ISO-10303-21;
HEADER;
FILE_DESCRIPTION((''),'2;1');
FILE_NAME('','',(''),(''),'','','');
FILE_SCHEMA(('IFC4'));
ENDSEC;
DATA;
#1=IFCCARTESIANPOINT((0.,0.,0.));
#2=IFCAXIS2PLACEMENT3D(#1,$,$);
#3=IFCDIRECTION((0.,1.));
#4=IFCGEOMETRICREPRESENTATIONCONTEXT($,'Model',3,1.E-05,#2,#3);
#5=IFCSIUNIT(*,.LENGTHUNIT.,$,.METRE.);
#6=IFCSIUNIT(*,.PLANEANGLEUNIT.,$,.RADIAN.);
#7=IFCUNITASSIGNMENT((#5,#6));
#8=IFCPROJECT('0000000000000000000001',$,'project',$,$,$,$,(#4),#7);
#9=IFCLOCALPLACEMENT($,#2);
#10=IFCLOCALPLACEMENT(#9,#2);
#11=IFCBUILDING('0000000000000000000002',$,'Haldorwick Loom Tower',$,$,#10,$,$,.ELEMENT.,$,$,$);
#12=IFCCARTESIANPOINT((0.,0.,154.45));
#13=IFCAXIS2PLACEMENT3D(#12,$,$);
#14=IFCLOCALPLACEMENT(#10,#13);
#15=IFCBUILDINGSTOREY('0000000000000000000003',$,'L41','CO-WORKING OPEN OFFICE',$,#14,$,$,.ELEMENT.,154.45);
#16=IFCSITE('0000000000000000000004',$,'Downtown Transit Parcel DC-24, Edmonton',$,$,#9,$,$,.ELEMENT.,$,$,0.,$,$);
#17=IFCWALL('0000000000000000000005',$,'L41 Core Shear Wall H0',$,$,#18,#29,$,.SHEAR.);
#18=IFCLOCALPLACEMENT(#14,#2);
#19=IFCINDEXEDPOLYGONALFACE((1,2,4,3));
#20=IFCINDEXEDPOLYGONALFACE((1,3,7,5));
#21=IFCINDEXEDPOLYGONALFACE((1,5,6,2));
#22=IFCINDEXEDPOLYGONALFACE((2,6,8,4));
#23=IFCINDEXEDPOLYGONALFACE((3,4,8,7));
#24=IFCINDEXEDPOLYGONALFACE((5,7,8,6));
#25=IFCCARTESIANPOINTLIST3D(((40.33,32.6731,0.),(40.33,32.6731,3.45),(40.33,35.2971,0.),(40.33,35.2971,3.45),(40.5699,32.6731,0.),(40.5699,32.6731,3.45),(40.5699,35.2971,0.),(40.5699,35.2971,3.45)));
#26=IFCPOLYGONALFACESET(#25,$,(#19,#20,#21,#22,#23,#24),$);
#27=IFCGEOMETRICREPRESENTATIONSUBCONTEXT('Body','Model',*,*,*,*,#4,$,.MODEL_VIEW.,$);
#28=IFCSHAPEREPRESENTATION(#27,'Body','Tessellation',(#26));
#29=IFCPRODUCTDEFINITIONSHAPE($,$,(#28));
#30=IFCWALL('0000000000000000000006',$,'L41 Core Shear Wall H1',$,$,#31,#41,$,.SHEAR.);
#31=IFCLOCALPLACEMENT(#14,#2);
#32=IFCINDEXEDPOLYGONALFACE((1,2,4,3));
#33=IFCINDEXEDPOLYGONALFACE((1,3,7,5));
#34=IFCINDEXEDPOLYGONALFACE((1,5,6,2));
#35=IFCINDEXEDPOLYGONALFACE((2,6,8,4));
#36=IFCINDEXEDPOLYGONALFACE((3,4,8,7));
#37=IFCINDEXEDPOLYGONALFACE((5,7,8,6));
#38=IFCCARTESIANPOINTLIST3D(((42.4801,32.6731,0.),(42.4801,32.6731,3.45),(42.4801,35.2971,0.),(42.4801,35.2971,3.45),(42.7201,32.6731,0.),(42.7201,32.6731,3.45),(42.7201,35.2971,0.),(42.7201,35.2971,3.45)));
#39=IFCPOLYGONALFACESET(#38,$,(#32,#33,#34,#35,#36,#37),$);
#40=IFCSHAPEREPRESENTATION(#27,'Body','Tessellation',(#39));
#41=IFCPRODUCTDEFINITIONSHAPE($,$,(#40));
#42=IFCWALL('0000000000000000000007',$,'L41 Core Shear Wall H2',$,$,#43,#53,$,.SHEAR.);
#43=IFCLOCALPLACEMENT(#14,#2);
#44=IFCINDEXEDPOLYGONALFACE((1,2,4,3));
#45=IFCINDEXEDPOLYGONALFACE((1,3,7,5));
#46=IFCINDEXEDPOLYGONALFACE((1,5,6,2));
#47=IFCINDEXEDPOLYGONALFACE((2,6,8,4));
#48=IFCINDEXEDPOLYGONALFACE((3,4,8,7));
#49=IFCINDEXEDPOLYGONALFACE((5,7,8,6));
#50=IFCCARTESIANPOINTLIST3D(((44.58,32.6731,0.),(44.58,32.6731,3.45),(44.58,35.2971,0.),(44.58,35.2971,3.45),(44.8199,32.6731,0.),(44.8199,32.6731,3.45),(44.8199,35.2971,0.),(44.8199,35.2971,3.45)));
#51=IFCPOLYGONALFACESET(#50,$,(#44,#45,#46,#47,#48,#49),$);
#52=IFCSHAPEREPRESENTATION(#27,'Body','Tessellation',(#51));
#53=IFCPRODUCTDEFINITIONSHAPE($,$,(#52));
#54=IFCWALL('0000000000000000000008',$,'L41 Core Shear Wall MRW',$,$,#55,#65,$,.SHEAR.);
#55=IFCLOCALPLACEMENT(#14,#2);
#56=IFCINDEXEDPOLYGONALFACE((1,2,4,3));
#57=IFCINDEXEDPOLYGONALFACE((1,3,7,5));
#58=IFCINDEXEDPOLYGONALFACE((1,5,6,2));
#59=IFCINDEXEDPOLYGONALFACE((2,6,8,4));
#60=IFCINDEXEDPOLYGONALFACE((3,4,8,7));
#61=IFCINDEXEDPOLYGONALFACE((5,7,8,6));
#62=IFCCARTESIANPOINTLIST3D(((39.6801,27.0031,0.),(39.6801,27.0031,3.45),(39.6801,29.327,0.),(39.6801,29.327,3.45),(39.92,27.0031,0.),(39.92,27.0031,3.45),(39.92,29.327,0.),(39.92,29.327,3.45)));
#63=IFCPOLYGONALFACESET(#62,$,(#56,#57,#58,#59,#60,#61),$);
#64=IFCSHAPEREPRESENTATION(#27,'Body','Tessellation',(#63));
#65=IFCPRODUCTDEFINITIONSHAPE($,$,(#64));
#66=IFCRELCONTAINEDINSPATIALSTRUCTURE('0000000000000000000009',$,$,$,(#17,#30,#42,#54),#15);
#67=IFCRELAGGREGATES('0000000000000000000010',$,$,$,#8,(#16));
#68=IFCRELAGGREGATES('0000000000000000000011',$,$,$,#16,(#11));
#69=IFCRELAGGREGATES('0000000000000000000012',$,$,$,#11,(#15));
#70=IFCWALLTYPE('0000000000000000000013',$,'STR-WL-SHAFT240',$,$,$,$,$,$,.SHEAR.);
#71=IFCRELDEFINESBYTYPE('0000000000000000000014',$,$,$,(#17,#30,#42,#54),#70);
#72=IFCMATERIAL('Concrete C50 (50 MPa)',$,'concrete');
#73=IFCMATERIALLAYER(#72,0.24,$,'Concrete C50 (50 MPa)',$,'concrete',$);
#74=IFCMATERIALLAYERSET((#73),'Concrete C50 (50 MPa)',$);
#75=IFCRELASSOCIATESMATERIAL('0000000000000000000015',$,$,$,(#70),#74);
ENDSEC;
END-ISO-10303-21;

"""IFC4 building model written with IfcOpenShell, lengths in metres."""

from ifc_helpers import new_model, si_unit, direction, frame, frame_2d, origin, place, context, subcontext, project, spatial, rectangle, extrude, material, layer, layer_set, type_object, element, save


model = new_model("IFC4")

# Units and contexts
model_context = context("Model", 3, precision=1e-05, world=origin(), true_north=direction((0.0, 1.0)))
body_context = subcontext(model_context, "Body", "Model", "MODEL_VIEW")
ifc_project = project(units=[si_unit("LENGTHUNIT", "METRE"), si_unit("PLANEANGLEUNIT", "RADIAN")], contexts=[model_context])

# Site, building, storey
site_placement = place(None, origin())
site = spatial("IfcSite", under=ifc_project, at=site_placement, Name="Downtown Transit Parcel DC-24, Edmonton", CompositionType="ELEMENT", RefElevation=0.0)
building_placement = place(site_placement, origin())
building = spatial("IfcBuilding", under=site, at=building_placement, Name="Haldorwick Loom Tower", CompositionType="ELEMENT")
storey_placement = place(building_placement, frame((0.0, 0.0, 154.45)))
storey = spatial("IfcBuildingStorey", under=building, at=storey_placement, Name="L41", Description="CO-WORKING OPEN OFFICE", CompositionType="ELEMENT", Elevation=154.45)

# Shared definitions
ifc_material_1 = material(Name="Concrete C50 (50 MPa)", Category="concrete")
ifc_layer_1 = layer(ifc_material_1, 0.24, Name="Concrete C50 (50 MPa)", Category="concrete")
ifc_layer_set_1 = layer_set([ifc_layer_1], Name="Concrete C50 (50 MPa)")
wall_type_1 = type_object("IfcWallType", Name="STR-WL-SHAFT240", PredefinedType="SHEAR", material=ifc_layer_set_1)

# Walls
for number, where, z_axis, x_axis, name in (
    (1, (40.45, 32.6731, 0.0), (0.0, 0.0, 1.0), (0.0, 1.0, 0.0), "L41 Core Shear Wall H0"),
    (2, (42.6001, 32.6731, 0.0), (0.0, 0.0, 1.0), (0.0, 1.0, 0.0), "L41 Core Shear Wall H1"),
    (3, (44.7, 32.6731, 0.0), (0.0, 0.0, 1.0), (0.0, 1.0, 0.0), "L41 Core Shear Wall H2"),
):
    element("IfcWall", number, at=place(storey_placement, frame(where, z_axis=z_axis, x_axis=x_axis)), inside=storey, type_object=wall_type_1, Name=name, PredefinedType="SHEAR", context=body_context, shape_type="SweptSolid", body=[
        extrude(rectangle(XDim=2.624, YDim=0.24, at=frame_2d((1.312, 0.0))), origin(), (0.0, 0.0, 1.0), 3.45),
    ])
wall_1_placement = place(storey_placement, frame((39.8, 27.0029, 0.0), z_axis=(0.0, 0.0, 1.0), x_axis=(0.0, 1.0, 0.0)))
element("IfcWall", 4, at=wall_1_placement, inside=storey, type_object=wall_type_1, Name="L41 Core Shear Wall MRW", PredefinedType="SHEAR", context=body_context, shape_type="SweptSolid", body=[
    extrude(rectangle(XDim=2.324, YDim=0.24, at=frame_2d((1.1621, 0.0))), origin(), (0.0, 0.0, 1.0), 3.45),
])

save(model, "model.ifc")
